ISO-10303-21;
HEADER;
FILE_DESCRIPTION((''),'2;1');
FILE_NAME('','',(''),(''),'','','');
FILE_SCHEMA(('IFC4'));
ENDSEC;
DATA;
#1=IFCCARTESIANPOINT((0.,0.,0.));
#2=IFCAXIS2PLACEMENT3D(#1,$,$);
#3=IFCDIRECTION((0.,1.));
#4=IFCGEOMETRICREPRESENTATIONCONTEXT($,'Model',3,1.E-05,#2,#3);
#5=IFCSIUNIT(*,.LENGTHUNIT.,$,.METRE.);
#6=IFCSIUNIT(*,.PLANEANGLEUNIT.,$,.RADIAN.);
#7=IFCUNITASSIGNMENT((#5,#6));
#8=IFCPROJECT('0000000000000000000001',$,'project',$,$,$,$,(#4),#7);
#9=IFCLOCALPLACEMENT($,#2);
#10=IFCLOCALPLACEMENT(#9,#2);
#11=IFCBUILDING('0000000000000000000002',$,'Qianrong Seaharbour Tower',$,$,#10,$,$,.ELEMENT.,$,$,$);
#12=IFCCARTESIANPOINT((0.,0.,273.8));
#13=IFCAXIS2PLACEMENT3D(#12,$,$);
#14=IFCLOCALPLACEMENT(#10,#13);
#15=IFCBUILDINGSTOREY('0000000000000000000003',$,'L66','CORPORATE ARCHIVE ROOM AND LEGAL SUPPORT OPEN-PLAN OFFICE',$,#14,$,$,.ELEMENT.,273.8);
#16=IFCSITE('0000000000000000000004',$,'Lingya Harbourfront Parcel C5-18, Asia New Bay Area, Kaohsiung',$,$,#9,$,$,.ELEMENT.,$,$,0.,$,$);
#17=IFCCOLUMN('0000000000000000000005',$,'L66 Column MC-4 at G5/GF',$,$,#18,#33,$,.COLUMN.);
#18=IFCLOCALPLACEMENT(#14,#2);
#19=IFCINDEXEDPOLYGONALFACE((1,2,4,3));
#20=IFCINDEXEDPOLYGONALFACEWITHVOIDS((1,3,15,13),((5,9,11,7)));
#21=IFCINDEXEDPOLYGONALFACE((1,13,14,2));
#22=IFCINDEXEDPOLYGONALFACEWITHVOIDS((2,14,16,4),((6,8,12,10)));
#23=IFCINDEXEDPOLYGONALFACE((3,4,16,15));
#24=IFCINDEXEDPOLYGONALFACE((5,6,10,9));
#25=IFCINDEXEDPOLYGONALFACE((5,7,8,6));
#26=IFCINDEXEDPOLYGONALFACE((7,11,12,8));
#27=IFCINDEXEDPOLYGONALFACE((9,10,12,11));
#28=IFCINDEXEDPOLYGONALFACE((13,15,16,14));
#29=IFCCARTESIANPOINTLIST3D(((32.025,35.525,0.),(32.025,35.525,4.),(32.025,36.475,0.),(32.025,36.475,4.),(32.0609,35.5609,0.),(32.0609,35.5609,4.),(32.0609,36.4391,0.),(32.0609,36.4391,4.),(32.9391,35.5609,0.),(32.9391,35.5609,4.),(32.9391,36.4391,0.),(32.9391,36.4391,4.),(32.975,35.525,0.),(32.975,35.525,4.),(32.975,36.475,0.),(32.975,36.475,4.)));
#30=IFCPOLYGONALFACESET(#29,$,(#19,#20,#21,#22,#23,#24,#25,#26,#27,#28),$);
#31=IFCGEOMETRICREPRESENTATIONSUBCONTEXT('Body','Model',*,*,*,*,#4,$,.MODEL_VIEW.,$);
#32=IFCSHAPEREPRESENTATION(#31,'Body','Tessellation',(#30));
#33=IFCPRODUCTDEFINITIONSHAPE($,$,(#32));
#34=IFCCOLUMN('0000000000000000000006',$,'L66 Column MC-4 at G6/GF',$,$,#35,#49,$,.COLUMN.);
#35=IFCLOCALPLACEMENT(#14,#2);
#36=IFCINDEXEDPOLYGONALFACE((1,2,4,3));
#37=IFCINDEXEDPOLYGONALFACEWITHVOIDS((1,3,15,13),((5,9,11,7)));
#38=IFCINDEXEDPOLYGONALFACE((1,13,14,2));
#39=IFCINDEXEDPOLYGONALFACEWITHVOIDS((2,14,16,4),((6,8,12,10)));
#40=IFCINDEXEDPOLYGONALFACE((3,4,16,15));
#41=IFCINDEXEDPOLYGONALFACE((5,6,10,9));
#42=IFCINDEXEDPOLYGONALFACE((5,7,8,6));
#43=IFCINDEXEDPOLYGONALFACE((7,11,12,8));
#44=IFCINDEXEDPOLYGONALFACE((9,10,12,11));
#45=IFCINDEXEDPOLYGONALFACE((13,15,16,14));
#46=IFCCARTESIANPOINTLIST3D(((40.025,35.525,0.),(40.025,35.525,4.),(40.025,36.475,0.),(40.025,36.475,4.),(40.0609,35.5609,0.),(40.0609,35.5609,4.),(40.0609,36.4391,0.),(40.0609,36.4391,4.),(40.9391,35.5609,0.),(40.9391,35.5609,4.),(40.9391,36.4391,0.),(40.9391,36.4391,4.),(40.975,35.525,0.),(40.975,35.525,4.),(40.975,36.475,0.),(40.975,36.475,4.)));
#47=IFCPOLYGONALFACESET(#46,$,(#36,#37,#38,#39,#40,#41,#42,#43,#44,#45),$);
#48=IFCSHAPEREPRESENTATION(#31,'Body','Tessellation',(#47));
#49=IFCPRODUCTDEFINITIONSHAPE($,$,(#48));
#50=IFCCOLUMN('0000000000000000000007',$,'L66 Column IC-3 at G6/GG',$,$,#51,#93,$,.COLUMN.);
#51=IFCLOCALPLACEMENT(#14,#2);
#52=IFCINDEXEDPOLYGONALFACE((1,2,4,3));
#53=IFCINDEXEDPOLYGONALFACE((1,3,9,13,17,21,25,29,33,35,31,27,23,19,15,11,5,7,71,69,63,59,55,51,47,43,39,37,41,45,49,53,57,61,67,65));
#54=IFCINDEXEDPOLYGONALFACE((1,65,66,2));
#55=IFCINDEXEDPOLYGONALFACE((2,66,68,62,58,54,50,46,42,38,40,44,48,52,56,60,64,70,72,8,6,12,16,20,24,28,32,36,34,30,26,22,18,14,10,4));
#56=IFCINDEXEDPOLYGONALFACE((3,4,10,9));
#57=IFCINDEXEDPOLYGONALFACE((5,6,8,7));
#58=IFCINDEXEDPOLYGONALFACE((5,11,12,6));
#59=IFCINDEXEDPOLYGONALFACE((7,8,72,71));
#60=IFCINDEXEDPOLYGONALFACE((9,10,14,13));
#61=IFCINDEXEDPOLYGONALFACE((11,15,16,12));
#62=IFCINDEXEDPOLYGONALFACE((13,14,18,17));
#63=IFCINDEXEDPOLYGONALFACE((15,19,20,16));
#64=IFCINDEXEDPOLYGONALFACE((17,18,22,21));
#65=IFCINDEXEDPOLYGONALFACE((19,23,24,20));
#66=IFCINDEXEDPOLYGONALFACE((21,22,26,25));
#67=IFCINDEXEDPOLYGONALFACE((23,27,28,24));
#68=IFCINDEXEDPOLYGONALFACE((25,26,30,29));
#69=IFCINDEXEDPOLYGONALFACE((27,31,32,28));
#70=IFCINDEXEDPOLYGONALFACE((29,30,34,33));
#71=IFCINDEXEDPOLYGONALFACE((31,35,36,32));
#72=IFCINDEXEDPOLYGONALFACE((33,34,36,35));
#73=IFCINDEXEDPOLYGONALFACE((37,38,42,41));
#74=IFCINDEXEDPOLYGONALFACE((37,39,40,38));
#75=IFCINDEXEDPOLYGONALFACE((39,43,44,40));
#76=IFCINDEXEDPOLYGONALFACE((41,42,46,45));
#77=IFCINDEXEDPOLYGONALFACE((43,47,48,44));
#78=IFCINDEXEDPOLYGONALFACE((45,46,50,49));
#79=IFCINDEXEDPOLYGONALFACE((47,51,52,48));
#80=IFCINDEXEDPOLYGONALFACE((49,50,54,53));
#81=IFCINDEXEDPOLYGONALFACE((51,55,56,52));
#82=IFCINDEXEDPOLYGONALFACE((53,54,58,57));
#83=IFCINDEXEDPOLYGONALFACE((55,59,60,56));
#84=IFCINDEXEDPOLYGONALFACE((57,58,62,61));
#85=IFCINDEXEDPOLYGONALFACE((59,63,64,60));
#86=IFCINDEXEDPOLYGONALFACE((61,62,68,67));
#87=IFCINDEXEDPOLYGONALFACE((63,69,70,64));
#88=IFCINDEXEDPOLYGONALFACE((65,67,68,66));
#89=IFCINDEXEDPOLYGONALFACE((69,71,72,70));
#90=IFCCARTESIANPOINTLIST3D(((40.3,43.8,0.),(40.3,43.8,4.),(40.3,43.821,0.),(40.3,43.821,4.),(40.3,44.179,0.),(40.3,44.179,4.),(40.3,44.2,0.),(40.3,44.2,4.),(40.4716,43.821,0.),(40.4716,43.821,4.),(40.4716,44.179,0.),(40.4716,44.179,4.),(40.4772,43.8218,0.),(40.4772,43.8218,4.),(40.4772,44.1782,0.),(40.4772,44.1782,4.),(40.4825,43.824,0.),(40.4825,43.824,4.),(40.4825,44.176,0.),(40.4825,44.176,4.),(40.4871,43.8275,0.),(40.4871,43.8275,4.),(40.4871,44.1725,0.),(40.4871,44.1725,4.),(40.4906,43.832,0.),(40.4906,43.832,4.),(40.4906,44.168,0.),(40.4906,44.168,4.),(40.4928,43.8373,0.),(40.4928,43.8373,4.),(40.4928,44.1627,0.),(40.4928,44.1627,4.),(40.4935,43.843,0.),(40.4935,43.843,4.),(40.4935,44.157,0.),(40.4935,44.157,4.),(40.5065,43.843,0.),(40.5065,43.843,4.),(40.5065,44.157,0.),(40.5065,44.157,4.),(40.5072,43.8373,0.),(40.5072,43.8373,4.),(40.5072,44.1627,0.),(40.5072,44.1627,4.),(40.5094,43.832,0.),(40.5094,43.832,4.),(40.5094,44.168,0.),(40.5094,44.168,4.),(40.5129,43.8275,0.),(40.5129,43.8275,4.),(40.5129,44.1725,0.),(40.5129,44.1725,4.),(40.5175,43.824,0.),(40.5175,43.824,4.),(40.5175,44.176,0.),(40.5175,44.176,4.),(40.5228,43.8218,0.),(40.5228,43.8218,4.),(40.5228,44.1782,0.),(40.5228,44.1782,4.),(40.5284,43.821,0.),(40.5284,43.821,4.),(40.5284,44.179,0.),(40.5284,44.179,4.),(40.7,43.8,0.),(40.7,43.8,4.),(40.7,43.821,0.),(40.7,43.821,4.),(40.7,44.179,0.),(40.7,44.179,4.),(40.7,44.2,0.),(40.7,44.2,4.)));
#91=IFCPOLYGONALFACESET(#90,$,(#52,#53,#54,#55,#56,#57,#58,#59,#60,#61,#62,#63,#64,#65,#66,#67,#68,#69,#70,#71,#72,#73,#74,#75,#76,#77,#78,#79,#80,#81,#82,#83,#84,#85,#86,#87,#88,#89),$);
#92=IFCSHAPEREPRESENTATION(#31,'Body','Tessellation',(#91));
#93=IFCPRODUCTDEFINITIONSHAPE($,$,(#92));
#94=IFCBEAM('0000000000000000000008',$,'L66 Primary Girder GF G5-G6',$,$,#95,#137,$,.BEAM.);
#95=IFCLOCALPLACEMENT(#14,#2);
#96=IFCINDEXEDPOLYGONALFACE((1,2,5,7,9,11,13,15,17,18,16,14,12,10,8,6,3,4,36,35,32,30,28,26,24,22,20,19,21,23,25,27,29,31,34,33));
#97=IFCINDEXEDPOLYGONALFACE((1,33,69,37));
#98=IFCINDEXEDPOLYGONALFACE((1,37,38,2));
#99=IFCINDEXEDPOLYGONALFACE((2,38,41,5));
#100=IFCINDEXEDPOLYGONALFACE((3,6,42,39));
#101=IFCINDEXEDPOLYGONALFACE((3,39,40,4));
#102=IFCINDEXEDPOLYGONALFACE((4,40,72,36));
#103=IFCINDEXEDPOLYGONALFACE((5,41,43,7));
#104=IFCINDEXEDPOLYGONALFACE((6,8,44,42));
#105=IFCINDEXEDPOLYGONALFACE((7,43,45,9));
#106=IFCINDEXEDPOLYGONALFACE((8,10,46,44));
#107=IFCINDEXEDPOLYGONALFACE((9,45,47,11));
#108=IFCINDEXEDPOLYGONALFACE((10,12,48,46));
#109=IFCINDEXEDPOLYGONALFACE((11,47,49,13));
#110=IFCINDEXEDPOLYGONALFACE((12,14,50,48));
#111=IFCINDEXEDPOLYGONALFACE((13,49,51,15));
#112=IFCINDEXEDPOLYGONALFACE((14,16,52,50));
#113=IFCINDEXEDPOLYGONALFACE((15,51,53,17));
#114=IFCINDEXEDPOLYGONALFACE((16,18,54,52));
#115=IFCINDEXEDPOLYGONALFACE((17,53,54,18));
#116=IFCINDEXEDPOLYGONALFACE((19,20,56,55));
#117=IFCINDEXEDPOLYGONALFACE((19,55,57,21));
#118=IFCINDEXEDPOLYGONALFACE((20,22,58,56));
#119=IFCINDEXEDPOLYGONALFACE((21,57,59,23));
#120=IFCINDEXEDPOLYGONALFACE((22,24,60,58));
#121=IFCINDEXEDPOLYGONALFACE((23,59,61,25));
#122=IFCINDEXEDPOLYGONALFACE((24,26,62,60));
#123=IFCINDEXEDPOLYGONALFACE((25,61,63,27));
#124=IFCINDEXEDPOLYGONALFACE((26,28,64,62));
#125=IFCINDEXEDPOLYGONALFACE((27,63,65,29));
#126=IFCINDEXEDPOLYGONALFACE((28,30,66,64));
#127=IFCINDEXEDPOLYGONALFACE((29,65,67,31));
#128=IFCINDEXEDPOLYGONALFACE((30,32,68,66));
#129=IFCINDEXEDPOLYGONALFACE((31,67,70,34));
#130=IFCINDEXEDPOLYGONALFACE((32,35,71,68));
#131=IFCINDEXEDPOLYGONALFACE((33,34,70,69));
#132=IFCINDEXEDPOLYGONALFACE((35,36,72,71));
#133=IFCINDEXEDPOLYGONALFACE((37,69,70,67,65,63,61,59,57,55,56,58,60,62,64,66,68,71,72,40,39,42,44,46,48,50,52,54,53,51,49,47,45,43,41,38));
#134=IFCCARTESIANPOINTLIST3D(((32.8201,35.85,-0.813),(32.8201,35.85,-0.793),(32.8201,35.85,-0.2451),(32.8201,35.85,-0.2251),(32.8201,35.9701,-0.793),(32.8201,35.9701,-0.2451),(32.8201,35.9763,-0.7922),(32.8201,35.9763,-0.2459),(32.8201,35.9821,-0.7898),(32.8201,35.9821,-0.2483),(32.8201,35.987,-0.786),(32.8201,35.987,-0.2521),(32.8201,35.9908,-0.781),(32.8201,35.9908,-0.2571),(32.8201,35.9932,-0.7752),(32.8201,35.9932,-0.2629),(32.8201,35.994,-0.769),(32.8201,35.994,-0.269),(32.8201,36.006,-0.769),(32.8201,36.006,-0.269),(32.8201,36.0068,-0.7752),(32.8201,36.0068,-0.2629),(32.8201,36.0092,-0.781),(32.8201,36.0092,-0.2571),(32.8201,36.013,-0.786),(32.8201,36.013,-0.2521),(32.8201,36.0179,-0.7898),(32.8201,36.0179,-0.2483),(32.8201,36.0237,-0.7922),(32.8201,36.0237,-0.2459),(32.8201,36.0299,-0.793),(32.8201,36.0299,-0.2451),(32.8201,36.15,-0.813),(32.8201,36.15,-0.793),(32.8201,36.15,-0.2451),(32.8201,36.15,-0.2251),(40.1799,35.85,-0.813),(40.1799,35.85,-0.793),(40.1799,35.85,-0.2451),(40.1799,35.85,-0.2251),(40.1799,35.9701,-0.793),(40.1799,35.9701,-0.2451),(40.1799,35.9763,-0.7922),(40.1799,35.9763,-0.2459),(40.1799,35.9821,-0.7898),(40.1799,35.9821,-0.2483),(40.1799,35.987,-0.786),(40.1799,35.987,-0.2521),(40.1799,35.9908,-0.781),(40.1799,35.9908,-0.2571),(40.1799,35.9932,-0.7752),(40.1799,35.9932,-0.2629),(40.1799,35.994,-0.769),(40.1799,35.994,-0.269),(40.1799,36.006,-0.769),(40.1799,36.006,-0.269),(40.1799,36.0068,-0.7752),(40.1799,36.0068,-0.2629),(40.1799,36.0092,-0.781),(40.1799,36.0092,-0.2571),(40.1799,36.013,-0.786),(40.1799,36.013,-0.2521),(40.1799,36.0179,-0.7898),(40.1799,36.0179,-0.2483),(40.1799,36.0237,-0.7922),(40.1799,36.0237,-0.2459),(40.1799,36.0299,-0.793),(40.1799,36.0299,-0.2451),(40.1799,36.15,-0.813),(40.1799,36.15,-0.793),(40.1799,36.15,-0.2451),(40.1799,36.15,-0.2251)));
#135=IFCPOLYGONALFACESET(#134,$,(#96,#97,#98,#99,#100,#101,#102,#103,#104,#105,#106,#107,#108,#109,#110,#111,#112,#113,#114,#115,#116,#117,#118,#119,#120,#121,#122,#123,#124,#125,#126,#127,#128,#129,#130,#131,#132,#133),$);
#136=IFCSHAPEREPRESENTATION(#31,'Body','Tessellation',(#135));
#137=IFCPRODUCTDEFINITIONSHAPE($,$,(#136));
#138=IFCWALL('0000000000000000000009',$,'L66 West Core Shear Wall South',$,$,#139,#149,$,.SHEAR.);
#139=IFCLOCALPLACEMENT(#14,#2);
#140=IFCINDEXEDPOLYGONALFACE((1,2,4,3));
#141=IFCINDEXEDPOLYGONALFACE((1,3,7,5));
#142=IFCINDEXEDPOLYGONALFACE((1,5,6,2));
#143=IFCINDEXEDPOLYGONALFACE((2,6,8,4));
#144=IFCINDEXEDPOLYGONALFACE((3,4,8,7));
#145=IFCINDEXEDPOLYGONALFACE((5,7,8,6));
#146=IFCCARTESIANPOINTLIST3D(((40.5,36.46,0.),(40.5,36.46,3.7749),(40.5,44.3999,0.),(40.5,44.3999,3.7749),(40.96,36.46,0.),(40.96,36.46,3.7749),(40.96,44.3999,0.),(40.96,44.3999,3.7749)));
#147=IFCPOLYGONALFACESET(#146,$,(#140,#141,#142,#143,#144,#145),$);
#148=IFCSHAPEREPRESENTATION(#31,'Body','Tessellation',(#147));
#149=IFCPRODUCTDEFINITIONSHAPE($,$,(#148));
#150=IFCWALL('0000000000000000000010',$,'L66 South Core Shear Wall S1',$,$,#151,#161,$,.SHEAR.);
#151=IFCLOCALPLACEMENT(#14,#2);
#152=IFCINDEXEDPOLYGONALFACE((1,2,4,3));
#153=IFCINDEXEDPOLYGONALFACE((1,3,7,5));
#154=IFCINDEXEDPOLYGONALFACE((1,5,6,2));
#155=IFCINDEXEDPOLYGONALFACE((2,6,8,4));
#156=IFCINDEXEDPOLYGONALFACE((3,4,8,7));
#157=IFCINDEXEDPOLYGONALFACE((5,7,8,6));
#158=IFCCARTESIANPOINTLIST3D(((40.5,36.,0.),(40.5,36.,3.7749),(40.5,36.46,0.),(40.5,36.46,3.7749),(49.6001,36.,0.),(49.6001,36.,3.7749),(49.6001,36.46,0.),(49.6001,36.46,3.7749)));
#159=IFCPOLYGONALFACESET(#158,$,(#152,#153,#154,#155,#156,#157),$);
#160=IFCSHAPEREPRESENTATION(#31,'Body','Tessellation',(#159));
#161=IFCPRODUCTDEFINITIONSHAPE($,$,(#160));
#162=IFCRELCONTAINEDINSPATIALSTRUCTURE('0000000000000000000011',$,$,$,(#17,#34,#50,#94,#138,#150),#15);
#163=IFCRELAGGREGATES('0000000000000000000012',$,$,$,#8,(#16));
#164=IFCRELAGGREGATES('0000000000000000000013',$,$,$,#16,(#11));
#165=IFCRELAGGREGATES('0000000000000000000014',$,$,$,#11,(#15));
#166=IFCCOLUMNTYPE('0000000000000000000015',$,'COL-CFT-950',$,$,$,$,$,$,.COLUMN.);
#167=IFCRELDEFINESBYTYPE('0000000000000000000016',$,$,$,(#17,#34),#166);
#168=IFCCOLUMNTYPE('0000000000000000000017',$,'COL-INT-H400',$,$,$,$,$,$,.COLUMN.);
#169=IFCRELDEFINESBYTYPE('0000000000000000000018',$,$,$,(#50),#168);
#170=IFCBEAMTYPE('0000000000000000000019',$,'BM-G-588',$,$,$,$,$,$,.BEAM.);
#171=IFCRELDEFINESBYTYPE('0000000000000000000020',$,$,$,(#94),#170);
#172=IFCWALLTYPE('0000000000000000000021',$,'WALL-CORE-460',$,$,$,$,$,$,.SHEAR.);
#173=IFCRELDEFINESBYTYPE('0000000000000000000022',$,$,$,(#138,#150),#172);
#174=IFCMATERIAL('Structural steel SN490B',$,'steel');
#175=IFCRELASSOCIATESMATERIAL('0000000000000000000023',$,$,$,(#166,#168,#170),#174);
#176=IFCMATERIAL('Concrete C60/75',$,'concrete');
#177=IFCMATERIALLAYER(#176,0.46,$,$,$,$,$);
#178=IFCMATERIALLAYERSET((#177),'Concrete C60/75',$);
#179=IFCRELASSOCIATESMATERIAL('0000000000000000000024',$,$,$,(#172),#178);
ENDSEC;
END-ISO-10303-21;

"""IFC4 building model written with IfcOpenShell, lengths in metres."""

from ifc_helpers import new_model, si_unit, direction, frame, frame_2d, origin, origin_2d, place, context, subcontext, project, spatial, rectangle, hollow_rectangle, i_section, extrude, material, layer, layer_set, material_profile, profile_set, type_object, element, save


model = new_model("IFC4")

# Units and contexts
model_context = context("Model", 3, precision=1e-05, world=origin(), true_north=direction((0.0, 1.0)))
body_context = subcontext(model_context, "Body", "Model", "MODEL_VIEW")
ifc_project = project(units=[si_unit("LENGTHUNIT", "METRE"), si_unit("PLANEANGLEUNIT", "RADIAN")], contexts=[model_context])

# Site, building, storey
site_placement = place(None, origin())
site = spatial("IfcSite", under=ifc_project, at=site_placement, Name="Lingya Harbourfront Parcel C5-18, Asia New Bay Area, Kaohsiung", CompositionType="ELEMENT", RefElevation=0.0)
building_placement = place(site_placement, origin())
building = spatial("IfcBuilding", under=site, at=building_placement, Name="Qianrong Seaharbour Tower", CompositionType="ELEMENT")
storey_placement = place(building_placement, frame((0.0, 0.0, 273.8)))
storey = spatial("IfcBuildingStorey", under=building, at=storey_placement, Name="L66", Description="CORPORATE ARCHIVE ROOM AND LEGAL SUPPORT OPEN-PLAN OFFICE", CompositionType="ELEMENT", Elevation=273.8)

# Columns
ifc_material_1 = material(Name="Structural steel SN490B", Category="steel")
ifc_material_profile_1 = material_profile(ifc_material_1, hollow_rectangle(XDim=0.95, YDim=0.95, WallThickness=0.0359, at=origin_2d()), Name="BOX950x950x36")
ifc_profile_set_1 = profile_set([ifc_material_profile_1], Name="Structural steel SN490B")
column_type_1 = type_object("IfcColumnType", Name="COL-CFT-950", PredefinedType="COLUMN", material=ifc_profile_set_1)
for number, where, z_axis, x_axis, name in (
    (1, (32.5, 36.0, 0.0), (0.0, 0.0, 1.0), (1.0, 0.0, 0.0), "L66 Column MC-4 at G5/GF"),
    (2, (40.5, 36.0, 0.0), (0.0, 0.0, 1.0), (1.0, 0.0, 0.0), "L66 Column MC-4 at G6/GF"),
):
    element("IfcColumn", number, at=place(storey_placement, frame(where, z_axis=z_axis, x_axis=x_axis)), inside=storey, type_object=column_type_1, Name=name, PredefinedType="COLUMN", context=body_context, shape_type="SweptSolid", body=[
        extrude(hollow_rectangle(XDim=0.95, YDim=0.95, WallThickness=0.0359, at=origin_2d()), origin(), (0.0, 0.0, 1.0), 4.0),
    ])
ifc_material_profile_2 = material_profile(ifc_material_1, i_section(OverallWidth=0.3999, OverallDepth=0.3999, WebThickness=0.0129, FlangeThickness=0.021, FilletRadius=0.022, at=origin_2d()), Name="H400x400x13x21")
ifc_profile_set_2 = profile_set([ifc_material_profile_2], Name="Structural steel SN490B")
column_type_2 = type_object("IfcColumnType", Name="COL-INT-H400", PredefinedType="COLUMN", material=ifc_profile_set_2)
column_placement = place(storey_placement, frame((40.5, 44.0, 0.0), z_axis=(0.0, 0.0, 1.0), x_axis=(1.0, 0.0, 0.0)))
element("IfcColumn", 3, at=column_placement, inside=storey, type_object=column_type_2, Name="L66 Column IC-3 at G6/GG", PredefinedType="COLUMN", context=body_context, shape_type="SweptSolid", body=[
    extrude(i_section(OverallWidth=0.3999, OverallDepth=0.3999, WebThickness=0.0129, FlangeThickness=0.021, FilletRadius=0.022, at=origin_2d()), origin(), (0.0, 0.0, 1.0), 4.0),
])

# Beam
ifc_material_profile_3 = material_profile(ifc_material_1, i_section(OverallWidth=0.3, OverallDepth=0.5879, WebThickness=0.012, FlangeThickness=0.02, FilletRadius=0.0239, at=origin_2d()), Name="H588x300x12x20")
ifc_profile_set_3 = profile_set([ifc_material_profile_3], Name="Structural steel SN490B")
beam_type = type_object("IfcBeamType", Name="BM-G-588", PredefinedType="BEAM", material=ifc_profile_set_3)
beam_placement = place(storey_placement, frame((32.8201, 36.0, -0.519), z_axis=(1.0, 0.0, 0.0), x_axis=(0.0, 1.0, 0.0)))
element("IfcBeam", 4, at=beam_placement, inside=storey, type_object=beam_type, Name="L66 Primary Girder GF G5-G6", PredefinedType="BEAM", context=body_context, shape_type="SweptSolid", body=[
    extrude(i_section(OverallWidth=0.3, OverallDepth=0.5879, WebThickness=0.012, FlangeThickness=0.02, FilletRadius=0.0239, at=origin_2d()), origin(), (0.0, 0.0, 1.0), 7.3599),
])

# Walls
ifc_material_2 = material(Name="Concrete C60/75", Category="concrete")
ifc_layer_1 = layer(ifc_material_2, 0.46)
ifc_layer_set_1 = layer_set([ifc_layer_1], Name="Concrete C60/75")
wall_type_1 = type_object("IfcWallType", Name="WALL-CORE-460", PredefinedType="SHEAR", material=ifc_layer_set_1)
wall_1_placement = place(storey_placement, frame((40.73, 36.46, 0.0), z_axis=(0.0, 0.0, 1.0), x_axis=(0.0, 1.0, 0.0)))
element("IfcWall", 5, at=wall_1_placement, inside=storey, type_object=wall_type_1, Name="L66 West Core Shear Wall South", PredefinedType="SHEAR", context=body_context, shape_type="SweptSolid", body=[
    extrude(rectangle(XDim=7.9399, YDim=0.46, at=frame_2d((3.97, 0.0))), origin(), (0.0, 0.0, 1.0), 3.7749),
])
wall_2_placement = place(storey_placement, frame((40.5, 36.23, 0.0), z_axis=(0.0, 0.0, 1.0), x_axis=(1.0, 0.0, 0.0)))
element("IfcWall", 6, at=wall_2_placement, inside=storey, type_object=wall_type_1, Name="L66 South Core Shear Wall S1", PredefinedType="SHEAR", context=body_context, shape_type="SweptSolid", body=[
    extrude(rectangle(XDim=9.1001, YDim=0.46, at=frame_2d((4.55, 0.0))), origin(), (0.0, 0.0, 1.0), 3.7749),
])

save(model, "model.ifc")
